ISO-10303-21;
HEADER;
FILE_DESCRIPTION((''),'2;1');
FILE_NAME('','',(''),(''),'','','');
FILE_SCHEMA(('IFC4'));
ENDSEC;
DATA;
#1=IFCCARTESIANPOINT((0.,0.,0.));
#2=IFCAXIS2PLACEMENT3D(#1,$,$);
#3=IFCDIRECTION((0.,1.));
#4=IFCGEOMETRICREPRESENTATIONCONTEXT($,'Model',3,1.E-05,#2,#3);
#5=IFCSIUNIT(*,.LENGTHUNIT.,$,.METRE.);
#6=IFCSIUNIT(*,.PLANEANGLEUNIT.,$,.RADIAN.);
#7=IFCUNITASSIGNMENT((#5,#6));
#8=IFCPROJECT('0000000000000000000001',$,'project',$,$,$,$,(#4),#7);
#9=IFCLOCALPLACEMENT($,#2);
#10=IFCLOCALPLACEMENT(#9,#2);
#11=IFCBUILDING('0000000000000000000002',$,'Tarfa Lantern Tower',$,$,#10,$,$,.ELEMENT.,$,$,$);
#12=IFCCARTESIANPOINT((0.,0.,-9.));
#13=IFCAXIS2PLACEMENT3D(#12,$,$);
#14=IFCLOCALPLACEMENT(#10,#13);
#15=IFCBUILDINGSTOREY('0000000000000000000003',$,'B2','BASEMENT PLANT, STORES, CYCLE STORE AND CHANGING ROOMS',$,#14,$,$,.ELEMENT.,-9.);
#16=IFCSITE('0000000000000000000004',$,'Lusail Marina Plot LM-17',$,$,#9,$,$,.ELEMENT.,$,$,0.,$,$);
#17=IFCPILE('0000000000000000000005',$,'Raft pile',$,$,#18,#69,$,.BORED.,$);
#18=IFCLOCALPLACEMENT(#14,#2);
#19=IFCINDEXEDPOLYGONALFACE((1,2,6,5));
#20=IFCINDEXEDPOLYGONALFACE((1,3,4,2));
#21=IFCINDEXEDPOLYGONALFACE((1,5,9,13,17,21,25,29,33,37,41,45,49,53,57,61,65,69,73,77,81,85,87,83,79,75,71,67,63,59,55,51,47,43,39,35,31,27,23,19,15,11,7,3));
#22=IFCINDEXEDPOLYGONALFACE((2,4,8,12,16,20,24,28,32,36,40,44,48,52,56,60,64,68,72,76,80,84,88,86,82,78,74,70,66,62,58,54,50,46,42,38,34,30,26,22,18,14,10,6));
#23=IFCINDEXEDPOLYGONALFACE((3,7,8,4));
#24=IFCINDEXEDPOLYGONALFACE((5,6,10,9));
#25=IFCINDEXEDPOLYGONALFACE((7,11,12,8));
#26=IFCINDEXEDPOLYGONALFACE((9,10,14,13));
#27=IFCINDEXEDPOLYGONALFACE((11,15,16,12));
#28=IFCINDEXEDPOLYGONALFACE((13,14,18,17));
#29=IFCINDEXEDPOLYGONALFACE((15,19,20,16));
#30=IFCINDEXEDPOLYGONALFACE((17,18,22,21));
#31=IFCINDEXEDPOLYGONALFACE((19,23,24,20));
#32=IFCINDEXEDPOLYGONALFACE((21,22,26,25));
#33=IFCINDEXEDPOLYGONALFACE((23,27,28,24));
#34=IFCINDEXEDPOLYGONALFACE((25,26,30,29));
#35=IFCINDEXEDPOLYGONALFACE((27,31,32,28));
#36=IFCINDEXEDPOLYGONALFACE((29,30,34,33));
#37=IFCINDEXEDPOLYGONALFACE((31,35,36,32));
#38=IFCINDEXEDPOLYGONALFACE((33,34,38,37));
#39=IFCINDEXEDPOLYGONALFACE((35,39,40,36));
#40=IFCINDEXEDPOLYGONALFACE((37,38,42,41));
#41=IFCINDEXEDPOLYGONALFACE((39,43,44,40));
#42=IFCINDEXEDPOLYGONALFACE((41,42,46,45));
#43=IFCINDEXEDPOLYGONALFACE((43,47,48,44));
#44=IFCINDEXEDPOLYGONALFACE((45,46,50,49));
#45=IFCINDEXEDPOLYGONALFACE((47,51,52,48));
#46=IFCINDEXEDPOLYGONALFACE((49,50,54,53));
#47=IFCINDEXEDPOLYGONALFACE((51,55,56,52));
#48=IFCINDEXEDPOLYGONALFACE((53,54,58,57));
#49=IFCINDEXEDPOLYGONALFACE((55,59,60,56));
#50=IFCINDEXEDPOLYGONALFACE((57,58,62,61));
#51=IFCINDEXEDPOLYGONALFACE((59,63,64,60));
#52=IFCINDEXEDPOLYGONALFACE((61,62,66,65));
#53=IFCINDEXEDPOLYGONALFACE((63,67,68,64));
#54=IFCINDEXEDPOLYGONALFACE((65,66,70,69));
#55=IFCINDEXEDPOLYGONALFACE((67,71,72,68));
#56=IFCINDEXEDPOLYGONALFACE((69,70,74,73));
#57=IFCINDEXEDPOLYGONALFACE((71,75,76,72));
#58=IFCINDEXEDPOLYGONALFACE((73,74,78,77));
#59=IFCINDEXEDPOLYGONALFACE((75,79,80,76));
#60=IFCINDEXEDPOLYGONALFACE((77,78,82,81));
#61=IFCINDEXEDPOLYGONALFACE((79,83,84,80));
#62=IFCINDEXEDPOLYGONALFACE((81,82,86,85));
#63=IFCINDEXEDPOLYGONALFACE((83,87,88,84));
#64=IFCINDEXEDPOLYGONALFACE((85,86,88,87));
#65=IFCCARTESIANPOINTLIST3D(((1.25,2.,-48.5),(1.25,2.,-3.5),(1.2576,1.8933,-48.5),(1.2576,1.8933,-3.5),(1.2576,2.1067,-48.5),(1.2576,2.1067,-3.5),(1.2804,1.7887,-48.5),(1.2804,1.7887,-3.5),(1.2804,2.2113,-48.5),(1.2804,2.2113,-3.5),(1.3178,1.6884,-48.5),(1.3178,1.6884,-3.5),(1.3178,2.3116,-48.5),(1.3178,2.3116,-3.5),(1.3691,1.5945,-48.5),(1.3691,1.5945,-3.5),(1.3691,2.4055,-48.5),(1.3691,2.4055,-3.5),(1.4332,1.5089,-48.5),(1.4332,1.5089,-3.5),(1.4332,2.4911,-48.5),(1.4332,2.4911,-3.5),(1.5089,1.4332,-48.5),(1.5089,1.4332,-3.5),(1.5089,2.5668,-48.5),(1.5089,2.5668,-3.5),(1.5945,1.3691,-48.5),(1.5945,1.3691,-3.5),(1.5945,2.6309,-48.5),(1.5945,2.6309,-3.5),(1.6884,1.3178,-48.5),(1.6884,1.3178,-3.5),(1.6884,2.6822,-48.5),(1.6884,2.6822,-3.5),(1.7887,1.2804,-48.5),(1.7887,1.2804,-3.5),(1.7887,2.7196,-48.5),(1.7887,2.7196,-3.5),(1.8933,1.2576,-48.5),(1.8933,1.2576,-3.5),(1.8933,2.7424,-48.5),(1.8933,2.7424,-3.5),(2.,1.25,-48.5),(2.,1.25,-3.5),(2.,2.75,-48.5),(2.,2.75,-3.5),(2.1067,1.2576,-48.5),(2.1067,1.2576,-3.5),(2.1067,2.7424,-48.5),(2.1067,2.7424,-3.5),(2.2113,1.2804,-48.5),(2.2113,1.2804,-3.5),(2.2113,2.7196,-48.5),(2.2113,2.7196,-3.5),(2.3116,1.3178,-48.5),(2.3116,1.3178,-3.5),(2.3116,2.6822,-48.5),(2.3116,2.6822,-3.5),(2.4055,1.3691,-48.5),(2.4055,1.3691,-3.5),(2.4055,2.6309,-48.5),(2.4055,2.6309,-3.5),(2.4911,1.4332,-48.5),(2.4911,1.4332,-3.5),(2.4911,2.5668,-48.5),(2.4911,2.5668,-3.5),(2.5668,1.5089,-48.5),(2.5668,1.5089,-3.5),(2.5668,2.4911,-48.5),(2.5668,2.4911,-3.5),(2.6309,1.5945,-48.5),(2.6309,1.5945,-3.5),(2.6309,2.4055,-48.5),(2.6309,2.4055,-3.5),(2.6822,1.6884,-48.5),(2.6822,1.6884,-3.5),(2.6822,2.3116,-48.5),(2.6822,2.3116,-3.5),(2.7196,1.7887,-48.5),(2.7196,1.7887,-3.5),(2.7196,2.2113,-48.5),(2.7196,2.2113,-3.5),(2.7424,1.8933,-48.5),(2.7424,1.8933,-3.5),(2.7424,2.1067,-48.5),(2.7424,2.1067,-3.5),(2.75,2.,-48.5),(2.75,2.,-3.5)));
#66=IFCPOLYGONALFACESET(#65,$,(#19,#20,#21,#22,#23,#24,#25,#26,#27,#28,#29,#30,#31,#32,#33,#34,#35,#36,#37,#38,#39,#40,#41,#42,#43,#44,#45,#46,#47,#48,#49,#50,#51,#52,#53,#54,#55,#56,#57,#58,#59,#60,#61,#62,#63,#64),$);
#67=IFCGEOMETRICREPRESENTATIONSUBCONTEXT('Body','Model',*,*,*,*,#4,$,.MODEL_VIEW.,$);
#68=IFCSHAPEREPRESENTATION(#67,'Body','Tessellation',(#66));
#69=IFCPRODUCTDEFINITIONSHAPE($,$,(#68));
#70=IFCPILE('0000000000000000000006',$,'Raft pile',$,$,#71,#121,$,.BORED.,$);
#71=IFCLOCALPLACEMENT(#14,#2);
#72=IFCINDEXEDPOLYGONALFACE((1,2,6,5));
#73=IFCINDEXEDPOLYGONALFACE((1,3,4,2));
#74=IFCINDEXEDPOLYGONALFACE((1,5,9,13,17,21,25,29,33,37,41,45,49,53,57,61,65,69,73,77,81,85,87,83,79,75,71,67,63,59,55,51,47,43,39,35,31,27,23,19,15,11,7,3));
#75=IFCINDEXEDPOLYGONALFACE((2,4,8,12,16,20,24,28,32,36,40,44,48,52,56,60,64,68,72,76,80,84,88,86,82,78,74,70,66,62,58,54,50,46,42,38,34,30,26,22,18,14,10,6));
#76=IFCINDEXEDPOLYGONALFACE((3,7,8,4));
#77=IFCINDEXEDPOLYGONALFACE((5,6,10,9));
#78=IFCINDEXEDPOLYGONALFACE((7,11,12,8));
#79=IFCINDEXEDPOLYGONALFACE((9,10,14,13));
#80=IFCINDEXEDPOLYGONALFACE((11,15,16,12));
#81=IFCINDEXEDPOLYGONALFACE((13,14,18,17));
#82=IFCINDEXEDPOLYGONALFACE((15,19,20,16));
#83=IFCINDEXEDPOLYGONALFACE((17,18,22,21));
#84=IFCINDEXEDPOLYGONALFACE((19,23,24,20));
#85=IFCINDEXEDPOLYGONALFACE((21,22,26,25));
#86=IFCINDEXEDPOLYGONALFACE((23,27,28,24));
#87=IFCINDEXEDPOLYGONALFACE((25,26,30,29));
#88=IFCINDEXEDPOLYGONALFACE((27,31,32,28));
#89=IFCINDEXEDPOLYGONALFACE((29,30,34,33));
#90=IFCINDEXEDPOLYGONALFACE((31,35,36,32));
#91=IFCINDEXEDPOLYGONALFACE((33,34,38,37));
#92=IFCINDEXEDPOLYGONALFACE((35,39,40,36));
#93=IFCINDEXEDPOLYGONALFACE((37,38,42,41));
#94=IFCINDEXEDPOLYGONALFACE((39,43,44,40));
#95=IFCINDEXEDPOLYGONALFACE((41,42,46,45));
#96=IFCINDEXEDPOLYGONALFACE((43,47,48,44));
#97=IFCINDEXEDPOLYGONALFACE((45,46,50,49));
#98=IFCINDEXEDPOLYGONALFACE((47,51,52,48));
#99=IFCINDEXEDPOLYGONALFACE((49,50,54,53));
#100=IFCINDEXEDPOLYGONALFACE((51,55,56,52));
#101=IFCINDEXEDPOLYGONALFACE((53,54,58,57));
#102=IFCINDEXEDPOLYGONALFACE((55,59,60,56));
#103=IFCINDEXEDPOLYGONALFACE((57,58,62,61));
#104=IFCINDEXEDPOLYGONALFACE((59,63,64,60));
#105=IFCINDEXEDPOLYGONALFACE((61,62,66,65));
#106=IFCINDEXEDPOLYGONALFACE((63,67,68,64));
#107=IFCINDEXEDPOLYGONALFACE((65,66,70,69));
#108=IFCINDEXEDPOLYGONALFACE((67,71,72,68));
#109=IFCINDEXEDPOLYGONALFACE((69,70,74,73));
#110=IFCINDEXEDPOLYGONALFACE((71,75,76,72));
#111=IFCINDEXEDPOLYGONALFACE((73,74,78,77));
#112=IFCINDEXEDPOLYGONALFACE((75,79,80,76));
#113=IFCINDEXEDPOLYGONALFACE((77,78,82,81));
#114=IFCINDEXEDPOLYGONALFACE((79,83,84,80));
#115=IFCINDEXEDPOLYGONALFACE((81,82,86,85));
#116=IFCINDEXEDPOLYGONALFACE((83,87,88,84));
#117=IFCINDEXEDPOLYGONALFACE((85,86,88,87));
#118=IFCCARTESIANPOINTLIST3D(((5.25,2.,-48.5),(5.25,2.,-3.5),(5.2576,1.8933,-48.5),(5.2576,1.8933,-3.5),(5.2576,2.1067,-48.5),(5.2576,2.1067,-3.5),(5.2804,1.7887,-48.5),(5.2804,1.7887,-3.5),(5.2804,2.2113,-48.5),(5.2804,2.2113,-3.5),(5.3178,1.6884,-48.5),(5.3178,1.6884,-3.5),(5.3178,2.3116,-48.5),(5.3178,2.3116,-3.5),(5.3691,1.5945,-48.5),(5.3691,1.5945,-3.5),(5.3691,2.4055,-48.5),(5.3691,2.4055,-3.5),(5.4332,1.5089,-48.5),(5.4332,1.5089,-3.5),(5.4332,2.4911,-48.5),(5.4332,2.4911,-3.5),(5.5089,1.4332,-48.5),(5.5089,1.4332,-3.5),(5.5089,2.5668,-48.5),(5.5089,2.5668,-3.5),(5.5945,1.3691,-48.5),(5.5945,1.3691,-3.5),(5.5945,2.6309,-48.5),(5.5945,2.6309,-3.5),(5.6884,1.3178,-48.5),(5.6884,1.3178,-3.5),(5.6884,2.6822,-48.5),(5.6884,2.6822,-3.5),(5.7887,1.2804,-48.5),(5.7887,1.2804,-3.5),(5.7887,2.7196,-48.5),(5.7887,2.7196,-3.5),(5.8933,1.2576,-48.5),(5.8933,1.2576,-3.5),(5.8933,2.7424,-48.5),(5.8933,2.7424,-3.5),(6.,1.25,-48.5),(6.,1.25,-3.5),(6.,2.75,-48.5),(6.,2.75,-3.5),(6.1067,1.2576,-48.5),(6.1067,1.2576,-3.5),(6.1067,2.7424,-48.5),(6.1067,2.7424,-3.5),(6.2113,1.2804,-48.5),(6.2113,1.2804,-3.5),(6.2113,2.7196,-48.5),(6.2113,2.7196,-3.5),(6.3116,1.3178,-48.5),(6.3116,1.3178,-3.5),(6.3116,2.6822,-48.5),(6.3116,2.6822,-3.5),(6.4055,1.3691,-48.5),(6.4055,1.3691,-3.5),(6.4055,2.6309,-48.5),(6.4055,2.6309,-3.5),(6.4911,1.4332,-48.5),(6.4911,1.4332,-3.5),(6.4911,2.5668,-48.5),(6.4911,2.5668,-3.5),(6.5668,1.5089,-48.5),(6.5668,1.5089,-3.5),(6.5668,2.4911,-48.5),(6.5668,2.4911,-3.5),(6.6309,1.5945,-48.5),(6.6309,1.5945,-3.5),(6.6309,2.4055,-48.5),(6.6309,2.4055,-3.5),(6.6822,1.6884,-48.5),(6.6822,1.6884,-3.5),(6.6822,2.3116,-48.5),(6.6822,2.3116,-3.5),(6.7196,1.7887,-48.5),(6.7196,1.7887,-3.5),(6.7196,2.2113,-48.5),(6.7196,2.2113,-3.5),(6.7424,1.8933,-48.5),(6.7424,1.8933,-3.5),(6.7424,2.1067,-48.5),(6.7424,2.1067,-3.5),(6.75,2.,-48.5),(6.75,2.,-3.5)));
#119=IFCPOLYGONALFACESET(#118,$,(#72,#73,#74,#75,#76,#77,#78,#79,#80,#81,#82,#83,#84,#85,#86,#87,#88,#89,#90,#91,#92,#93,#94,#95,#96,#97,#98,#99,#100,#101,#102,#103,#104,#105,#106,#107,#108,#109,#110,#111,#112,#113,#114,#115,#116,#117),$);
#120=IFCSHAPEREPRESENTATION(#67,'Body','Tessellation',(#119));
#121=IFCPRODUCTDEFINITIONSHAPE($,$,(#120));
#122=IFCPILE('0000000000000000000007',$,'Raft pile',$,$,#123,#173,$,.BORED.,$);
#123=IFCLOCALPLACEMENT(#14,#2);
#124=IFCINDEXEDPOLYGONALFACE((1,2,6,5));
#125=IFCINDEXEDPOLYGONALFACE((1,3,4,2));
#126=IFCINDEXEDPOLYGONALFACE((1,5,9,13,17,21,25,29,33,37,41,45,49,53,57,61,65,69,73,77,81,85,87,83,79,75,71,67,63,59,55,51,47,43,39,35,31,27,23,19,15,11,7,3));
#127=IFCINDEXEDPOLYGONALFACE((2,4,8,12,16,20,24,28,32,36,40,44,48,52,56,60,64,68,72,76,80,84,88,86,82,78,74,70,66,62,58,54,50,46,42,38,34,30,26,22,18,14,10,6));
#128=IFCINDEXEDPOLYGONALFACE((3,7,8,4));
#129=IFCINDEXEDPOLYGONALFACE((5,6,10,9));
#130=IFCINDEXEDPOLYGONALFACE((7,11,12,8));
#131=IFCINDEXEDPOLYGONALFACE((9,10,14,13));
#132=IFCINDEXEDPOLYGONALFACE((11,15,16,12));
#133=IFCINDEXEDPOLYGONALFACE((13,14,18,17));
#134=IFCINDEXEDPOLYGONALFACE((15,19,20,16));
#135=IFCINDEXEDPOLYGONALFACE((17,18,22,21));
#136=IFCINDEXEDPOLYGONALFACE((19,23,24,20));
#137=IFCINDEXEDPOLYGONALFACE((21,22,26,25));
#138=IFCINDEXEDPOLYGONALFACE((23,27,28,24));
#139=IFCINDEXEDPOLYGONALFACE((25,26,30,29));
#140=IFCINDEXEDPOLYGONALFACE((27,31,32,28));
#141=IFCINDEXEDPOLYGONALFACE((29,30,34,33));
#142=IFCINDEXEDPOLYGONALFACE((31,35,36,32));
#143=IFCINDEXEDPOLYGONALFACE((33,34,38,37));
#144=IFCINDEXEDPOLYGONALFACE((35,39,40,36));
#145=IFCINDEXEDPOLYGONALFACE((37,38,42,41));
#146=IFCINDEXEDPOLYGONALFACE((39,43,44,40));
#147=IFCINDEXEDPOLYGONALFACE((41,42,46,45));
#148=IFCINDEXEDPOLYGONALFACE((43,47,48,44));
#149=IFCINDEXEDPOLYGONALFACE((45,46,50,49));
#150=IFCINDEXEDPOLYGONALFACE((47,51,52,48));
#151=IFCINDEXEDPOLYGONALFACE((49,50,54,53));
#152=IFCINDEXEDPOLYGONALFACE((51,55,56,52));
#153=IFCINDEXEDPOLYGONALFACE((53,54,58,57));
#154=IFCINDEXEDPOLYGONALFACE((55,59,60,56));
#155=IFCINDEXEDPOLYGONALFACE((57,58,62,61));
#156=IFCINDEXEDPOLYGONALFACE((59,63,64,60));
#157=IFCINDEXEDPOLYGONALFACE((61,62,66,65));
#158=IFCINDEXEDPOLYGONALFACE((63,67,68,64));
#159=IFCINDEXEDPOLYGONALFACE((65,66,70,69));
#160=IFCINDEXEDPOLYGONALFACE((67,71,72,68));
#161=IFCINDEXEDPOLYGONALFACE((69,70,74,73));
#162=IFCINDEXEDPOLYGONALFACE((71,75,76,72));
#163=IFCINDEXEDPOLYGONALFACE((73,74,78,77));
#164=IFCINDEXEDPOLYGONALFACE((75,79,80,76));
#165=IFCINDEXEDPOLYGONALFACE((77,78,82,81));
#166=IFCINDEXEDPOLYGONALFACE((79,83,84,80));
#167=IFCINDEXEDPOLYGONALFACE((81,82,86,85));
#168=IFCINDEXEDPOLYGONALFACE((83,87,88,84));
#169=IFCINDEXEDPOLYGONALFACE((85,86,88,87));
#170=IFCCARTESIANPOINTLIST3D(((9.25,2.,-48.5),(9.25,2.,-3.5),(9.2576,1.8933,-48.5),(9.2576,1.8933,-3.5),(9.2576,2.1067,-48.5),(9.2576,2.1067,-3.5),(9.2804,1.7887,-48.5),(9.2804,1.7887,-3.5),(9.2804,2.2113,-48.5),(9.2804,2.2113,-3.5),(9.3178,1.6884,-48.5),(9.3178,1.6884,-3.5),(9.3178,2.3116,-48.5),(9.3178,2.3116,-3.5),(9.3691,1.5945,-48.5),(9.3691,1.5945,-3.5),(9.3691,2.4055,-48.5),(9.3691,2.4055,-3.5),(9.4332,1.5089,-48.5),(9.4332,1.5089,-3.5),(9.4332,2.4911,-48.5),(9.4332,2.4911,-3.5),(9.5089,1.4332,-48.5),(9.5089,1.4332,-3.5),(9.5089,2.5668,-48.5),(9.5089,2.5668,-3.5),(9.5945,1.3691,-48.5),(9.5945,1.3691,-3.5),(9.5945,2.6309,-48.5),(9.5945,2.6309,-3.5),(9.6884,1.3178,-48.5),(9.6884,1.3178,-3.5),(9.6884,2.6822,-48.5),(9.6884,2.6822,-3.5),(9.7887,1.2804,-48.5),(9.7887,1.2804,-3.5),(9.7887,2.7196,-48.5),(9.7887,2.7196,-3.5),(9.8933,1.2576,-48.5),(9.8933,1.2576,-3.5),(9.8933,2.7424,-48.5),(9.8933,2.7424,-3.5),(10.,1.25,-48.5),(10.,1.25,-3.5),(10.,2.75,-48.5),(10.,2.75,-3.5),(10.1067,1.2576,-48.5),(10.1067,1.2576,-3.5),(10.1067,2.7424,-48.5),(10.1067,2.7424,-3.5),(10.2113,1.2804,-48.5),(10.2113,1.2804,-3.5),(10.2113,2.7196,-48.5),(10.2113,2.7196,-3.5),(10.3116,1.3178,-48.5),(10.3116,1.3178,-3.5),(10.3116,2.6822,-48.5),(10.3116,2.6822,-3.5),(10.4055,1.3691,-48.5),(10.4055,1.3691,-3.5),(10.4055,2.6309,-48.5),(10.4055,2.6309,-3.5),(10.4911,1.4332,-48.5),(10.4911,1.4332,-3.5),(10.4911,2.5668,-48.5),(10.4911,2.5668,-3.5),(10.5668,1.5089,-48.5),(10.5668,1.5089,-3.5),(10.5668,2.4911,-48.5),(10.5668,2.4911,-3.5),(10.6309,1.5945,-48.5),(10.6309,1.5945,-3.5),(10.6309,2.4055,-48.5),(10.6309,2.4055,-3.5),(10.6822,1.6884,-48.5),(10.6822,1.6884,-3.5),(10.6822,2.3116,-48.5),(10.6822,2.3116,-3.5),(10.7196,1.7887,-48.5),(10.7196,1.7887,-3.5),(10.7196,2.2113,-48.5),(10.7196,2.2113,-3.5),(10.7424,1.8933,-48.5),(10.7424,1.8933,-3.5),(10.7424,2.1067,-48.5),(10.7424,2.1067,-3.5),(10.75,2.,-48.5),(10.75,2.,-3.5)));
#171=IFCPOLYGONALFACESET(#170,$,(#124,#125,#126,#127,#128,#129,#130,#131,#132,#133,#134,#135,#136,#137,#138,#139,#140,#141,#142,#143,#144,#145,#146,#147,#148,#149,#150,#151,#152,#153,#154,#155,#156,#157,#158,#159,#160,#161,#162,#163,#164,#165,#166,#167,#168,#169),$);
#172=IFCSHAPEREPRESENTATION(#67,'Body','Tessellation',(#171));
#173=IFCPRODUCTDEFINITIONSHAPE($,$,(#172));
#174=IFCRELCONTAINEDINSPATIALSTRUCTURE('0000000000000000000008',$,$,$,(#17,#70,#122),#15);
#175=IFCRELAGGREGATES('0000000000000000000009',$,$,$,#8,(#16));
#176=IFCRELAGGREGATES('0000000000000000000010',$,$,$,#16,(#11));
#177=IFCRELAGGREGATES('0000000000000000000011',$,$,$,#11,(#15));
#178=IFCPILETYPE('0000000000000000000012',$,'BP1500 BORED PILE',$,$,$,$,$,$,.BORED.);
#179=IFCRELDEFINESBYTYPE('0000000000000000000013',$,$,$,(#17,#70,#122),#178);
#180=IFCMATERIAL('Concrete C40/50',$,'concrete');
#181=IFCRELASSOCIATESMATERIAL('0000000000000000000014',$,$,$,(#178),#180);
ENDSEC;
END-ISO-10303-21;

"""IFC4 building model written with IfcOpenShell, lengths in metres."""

from ifc_helpers import new_model, si_unit, direction, frame, origin, origin_2d, place, context, subcontext, project, spatial, circle, extrude, material, material_profile, profile_set, type_object, element, save


model = new_model("IFC4")

# Units and contexts
model_context = context("Model", 3, precision=1e-05, world=origin(), true_north=direction((0.0, 1.0)))
body_context = subcontext(model_context, "Body", "Model", "MODEL_VIEW")
ifc_project = project(units=[si_unit("LENGTHUNIT", "METRE"), si_unit("PLANEANGLEUNIT", "RADIAN")], contexts=[model_context])

# Site, building, storey
site_placement = place(None, origin())
site = spatial("IfcSite", under=ifc_project, at=site_placement, Name="Lusail Marina Plot LM-17", CompositionType="ELEMENT", RefElevation=0.0)
building_placement = place(site_placement, origin())
building = spatial("IfcBuilding", under=site, at=building_placement, Name="Tarfa Lantern Tower", CompositionType="ELEMENT")
storey_placement = place(building_placement, frame((0.0, 0.0, -9.0)))
storey = spatial("IfcBuildingStorey", under=building, at=storey_placement, Name="B2", Description="BASEMENT PLANT, STORES, CYCLE STORE AND CHANGING ROOMS", CompositionType="ELEMENT", Elevation=-9.0)

# Piles
ifc_material_1 = material(Name="Concrete C40/50", Category="concrete")
ifc_material_profile = material_profile(ifc_material_1, circle(Radius=0.75, at=origin_2d()), Name="BORED PILE D1500")
ifc_profile_set = profile_set([ifc_material_profile], Name="Concrete C40/50")
pile_type = type_object("IfcPileType", Name="BP1500 BORED PILE", PredefinedType="BORED", material=ifc_profile_set)
for number, where, z_axis, x_axis, name in (
    (1, (2.0, 2.0, -3.5), (0.0, 0.0, -1.0), (1.0, 0.0, 0.0), "Raft pile"),
    (2, (6.0, 2.0, -3.5), (0.0, 0.0, -1.0), (1.0, 0.0, 0.0), "Raft pile"),
    (3, (10.0, 2.0, -3.5), (0.0, 0.0, -1.0), (1.0, 0.0, 0.0), "Raft pile"),
):
    element("IfcPile", number, at=place(storey_placement, frame(where, z_axis=z_axis, x_axis=x_axis)), inside=storey, type_object=pile_type, Name=name, PredefinedType="BORED", context=body_context, shape_type="SweptSolid", body=[
        extrude(circle(Radius=0.75, at=origin_2d()), origin(), (0.0, 0.0, 1.0), 45.0),
    ])

save(model, "model.ifc")
